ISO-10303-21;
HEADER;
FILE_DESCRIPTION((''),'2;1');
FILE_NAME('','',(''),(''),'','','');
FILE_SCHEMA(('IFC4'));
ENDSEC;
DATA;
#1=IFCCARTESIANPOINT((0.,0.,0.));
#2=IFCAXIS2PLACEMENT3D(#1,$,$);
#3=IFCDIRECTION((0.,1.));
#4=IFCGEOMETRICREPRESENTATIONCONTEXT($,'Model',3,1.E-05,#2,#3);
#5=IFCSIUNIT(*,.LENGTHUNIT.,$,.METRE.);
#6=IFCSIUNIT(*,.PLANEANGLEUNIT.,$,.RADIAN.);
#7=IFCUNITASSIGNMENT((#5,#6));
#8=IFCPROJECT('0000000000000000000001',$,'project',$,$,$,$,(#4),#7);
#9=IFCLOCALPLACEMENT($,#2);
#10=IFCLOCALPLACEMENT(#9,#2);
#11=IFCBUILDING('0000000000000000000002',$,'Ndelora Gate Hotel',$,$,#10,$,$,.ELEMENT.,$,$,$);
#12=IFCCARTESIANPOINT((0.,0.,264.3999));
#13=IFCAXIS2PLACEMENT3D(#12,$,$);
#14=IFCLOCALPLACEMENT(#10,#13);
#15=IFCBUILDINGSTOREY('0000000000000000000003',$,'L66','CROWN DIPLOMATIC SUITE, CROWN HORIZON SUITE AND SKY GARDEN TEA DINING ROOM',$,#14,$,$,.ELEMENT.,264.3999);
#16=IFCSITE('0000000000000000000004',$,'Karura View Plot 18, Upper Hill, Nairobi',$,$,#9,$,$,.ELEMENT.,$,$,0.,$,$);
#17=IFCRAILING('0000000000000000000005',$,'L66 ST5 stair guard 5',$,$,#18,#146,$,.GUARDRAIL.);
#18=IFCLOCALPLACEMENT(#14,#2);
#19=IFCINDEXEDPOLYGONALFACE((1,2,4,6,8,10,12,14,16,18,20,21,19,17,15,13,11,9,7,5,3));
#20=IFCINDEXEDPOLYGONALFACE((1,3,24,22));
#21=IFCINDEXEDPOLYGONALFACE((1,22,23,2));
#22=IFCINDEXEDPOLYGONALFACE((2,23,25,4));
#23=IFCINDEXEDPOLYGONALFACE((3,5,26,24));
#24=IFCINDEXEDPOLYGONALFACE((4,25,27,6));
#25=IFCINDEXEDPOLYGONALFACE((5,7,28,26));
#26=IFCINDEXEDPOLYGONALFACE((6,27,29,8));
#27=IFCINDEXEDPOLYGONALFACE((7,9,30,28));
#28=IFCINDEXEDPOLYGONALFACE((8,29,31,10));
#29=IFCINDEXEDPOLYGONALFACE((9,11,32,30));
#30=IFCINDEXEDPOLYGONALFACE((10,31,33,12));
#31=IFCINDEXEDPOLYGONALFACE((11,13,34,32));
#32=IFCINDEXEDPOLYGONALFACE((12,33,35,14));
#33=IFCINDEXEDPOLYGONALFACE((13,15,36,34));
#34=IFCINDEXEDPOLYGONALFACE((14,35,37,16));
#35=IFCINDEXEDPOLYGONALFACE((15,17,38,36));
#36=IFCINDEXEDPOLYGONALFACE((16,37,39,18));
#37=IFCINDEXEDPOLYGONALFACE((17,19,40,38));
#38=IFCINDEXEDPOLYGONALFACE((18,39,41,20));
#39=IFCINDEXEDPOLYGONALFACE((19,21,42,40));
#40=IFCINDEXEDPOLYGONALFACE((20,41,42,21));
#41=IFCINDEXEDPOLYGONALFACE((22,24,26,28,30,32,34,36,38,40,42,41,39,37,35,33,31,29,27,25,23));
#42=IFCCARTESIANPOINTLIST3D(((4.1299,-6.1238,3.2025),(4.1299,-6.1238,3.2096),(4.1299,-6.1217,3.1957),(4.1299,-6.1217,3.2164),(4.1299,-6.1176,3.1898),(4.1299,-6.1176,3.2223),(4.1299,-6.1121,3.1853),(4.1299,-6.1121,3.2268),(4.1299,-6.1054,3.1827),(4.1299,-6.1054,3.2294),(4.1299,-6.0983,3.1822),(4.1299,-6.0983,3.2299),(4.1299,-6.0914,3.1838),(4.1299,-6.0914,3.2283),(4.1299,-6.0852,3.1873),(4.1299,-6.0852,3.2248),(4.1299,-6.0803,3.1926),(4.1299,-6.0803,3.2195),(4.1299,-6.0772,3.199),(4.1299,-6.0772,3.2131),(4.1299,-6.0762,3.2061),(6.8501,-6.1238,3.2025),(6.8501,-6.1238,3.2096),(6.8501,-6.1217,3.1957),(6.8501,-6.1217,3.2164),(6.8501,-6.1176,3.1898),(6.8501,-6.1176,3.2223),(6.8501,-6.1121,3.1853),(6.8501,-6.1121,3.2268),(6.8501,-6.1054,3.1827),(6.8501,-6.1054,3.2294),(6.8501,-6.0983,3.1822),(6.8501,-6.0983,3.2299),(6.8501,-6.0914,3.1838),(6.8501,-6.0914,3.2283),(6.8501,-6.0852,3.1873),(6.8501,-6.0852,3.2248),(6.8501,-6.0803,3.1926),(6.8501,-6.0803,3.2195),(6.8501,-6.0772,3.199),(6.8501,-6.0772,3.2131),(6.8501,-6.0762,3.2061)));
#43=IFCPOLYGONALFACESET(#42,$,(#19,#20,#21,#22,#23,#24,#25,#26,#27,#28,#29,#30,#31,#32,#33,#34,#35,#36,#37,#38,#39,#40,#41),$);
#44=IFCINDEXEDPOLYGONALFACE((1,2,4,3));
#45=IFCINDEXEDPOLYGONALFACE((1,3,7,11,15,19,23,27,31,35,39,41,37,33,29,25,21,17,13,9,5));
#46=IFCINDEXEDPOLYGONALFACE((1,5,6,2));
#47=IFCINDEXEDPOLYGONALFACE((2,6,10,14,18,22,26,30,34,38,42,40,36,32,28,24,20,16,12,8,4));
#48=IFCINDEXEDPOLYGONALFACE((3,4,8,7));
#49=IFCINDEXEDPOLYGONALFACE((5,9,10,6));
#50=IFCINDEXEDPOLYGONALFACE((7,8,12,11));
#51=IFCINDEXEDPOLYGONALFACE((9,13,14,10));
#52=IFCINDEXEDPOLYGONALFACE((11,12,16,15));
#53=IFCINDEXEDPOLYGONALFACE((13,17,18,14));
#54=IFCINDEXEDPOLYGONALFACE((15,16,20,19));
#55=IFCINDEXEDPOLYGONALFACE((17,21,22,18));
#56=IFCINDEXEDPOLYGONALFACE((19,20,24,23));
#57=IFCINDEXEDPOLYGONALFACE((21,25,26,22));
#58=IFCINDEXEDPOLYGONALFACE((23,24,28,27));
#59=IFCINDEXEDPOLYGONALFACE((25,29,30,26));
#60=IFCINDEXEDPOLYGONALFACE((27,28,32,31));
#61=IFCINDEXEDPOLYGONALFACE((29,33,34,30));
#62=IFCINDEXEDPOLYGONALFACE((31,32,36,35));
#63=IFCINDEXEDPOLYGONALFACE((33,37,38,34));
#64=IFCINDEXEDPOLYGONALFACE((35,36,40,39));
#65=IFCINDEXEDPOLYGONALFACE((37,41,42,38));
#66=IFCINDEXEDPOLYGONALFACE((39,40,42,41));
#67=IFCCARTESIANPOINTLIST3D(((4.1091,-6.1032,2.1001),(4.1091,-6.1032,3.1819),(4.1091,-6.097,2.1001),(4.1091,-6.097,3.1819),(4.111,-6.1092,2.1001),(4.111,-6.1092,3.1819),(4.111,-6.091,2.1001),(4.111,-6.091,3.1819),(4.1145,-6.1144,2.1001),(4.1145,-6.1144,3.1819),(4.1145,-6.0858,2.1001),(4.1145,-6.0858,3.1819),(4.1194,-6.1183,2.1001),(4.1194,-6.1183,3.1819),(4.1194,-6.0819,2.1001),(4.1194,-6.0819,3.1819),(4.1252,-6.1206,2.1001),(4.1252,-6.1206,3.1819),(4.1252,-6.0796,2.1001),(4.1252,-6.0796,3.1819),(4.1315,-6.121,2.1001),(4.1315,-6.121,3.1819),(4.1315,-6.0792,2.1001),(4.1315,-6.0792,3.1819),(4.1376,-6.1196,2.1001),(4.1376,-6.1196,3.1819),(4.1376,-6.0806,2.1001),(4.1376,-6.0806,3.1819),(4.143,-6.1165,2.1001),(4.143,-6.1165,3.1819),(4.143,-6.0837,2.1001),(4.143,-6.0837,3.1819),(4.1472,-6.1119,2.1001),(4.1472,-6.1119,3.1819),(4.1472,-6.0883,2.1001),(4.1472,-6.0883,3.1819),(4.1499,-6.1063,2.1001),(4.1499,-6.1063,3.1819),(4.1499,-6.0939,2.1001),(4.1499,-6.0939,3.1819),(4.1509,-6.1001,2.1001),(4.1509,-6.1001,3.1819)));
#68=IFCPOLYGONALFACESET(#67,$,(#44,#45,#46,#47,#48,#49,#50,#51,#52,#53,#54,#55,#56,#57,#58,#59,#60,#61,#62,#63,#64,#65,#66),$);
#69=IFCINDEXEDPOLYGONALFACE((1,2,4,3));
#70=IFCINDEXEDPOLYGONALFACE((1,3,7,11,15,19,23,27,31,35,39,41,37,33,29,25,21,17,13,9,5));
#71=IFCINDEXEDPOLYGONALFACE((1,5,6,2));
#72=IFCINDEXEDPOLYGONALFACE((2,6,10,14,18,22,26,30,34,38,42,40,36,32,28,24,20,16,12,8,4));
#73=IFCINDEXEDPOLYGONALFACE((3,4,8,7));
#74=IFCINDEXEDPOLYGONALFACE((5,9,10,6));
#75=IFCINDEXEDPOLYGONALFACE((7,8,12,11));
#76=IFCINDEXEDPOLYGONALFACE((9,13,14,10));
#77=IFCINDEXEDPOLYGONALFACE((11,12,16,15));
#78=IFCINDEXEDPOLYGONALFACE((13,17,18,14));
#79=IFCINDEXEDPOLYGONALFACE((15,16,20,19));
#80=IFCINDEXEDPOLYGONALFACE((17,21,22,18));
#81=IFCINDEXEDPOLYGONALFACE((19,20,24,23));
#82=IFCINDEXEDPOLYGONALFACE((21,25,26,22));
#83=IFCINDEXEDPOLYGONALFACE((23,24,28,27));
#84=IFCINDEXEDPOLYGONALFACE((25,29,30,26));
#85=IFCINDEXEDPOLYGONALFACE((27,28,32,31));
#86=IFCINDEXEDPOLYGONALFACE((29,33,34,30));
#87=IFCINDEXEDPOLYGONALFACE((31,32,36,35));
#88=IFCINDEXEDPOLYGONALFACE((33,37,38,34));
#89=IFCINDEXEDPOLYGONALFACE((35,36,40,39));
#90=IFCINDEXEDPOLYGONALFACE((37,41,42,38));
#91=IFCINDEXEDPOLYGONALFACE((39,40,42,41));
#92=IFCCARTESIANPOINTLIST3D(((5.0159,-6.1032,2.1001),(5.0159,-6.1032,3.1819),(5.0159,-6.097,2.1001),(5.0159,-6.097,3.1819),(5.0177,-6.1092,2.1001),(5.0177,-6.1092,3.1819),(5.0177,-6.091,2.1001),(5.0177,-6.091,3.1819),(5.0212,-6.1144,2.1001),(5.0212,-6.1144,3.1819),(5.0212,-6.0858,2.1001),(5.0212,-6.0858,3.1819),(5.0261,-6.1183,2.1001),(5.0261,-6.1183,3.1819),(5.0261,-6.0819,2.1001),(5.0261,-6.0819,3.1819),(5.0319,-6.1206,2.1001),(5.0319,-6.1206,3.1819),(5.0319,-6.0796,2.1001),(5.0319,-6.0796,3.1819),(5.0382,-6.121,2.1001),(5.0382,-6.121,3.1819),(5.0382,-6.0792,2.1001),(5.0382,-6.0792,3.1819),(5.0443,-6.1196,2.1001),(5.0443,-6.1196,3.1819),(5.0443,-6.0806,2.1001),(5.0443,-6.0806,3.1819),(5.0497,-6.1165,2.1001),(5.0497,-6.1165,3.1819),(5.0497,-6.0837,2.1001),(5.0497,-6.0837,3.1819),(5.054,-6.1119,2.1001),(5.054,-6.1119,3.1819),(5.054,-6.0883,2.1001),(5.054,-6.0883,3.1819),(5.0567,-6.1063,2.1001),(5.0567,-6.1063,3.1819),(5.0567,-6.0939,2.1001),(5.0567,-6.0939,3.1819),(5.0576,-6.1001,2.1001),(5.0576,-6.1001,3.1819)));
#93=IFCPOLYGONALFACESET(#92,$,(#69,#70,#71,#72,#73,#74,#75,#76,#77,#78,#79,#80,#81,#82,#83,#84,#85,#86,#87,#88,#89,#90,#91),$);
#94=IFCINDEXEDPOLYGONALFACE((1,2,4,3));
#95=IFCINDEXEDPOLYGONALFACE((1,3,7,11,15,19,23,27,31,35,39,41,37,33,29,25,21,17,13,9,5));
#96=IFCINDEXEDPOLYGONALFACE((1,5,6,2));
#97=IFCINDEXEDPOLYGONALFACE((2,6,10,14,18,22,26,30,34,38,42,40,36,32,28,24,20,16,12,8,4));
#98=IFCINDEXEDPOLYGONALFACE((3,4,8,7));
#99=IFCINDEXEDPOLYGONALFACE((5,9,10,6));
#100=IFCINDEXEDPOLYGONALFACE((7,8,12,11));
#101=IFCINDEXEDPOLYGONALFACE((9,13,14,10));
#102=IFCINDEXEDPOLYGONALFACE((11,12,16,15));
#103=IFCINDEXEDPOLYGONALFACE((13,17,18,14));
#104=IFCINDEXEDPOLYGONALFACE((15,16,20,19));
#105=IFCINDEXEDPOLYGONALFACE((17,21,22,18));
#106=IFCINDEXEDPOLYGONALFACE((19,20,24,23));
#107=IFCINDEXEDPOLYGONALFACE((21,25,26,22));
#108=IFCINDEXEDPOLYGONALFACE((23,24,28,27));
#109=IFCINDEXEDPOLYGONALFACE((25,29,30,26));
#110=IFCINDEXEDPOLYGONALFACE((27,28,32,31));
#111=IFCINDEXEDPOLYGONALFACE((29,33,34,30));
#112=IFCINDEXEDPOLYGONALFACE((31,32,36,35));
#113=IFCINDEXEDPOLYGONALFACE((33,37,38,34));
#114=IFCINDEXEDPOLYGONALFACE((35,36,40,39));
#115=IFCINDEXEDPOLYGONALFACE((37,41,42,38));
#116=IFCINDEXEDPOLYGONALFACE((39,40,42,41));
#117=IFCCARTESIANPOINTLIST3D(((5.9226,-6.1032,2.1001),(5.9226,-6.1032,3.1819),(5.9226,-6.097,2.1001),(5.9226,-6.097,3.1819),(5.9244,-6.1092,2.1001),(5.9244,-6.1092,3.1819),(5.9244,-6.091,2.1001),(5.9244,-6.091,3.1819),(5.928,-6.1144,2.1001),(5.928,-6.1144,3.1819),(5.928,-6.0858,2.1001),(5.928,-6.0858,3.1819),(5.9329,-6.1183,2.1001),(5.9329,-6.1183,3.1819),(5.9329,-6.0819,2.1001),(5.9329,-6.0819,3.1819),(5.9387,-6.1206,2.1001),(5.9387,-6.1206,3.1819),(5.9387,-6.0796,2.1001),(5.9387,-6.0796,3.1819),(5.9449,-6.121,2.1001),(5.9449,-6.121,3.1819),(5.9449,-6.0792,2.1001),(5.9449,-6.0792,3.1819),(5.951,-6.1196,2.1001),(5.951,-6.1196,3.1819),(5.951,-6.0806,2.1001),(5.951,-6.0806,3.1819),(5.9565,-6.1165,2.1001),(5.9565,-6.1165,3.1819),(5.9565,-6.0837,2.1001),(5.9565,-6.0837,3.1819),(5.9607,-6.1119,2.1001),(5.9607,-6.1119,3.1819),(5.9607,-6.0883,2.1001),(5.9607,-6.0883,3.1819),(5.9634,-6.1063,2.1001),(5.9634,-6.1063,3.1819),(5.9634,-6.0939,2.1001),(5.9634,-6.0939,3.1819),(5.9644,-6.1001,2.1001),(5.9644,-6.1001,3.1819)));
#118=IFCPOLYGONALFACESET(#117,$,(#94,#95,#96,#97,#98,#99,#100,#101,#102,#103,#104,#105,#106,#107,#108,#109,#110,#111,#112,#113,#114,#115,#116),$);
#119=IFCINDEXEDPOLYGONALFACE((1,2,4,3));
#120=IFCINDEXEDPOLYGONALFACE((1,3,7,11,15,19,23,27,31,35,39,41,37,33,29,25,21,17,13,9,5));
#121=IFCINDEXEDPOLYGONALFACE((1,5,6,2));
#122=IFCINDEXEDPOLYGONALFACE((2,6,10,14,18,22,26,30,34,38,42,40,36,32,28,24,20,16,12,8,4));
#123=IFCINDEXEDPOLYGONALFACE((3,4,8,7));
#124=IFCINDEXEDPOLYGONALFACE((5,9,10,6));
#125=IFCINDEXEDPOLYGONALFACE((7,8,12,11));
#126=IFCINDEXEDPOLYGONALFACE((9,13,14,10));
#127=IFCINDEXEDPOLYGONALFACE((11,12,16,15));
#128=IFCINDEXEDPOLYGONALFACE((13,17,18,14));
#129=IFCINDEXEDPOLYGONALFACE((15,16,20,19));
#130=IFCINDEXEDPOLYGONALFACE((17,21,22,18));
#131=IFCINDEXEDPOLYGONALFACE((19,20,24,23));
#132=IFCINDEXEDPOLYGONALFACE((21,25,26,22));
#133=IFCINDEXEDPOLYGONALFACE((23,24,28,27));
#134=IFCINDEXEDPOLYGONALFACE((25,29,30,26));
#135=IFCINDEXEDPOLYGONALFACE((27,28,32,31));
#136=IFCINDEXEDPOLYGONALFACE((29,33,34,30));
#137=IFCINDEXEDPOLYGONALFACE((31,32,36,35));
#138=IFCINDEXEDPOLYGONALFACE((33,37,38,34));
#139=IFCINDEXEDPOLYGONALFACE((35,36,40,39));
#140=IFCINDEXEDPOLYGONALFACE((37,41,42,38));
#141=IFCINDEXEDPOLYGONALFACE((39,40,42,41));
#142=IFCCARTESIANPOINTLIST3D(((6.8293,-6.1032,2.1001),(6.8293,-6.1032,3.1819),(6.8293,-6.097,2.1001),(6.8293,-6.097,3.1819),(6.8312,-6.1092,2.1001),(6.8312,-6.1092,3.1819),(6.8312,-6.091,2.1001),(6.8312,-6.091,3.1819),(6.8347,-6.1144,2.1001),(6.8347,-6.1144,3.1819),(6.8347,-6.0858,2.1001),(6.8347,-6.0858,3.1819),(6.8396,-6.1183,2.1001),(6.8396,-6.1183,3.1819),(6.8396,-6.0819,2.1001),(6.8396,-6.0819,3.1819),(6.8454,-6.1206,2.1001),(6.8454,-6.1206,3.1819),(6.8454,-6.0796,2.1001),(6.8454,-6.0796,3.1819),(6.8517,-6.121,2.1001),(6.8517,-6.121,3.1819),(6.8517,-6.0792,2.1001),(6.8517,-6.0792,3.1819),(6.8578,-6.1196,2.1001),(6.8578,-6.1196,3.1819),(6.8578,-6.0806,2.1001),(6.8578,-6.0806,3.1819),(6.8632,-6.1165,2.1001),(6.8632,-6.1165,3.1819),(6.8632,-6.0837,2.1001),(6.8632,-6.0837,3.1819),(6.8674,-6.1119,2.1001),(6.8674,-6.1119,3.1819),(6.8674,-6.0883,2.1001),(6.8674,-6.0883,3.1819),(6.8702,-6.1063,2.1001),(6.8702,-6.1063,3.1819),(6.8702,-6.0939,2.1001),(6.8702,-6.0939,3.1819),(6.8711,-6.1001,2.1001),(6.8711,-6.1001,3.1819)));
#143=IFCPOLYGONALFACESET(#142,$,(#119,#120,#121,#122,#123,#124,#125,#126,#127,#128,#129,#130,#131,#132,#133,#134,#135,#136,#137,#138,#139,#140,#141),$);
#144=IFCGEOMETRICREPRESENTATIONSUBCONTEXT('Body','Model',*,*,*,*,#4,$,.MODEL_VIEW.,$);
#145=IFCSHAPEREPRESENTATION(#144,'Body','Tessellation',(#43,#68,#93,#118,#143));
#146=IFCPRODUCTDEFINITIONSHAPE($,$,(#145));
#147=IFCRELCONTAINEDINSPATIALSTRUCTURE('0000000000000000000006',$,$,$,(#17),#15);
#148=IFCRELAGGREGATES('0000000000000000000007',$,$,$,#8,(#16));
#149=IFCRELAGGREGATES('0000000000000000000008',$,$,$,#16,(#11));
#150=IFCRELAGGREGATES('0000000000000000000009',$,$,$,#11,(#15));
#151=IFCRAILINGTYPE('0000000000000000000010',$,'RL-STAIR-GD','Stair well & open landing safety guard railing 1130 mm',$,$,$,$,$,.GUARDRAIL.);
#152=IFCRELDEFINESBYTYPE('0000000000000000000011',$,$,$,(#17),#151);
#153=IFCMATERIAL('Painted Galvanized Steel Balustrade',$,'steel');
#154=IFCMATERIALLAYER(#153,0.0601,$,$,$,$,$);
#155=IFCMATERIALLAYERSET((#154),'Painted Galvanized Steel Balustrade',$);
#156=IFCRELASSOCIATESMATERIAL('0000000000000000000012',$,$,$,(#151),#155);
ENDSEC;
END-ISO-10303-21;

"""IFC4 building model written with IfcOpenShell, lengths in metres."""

from ifc_helpers import new_model, si_unit, direction, frame, origin, origin_2d, place, context, subcontext, project, spatial, circle, extrude, material, layer, layer_set, type_object, element, save


model = new_model("IFC4")

# Units and contexts
model_context = context("Model", 3, precision=1e-05, world=origin(), true_north=direction((0.0, 1.0)))
body_context = subcontext(model_context, "Body", "Model", "MODEL_VIEW")
ifc_project = project(units=[si_unit("LENGTHUNIT", "METRE"), si_unit("PLANEANGLEUNIT", "RADIAN")], contexts=[model_context])

# Site, building, storey
site_placement = place(None, origin())
site = spatial("IfcSite", under=ifc_project, at=site_placement, Name="Karura View Plot 18, Upper Hill, Nairobi", CompositionType="ELEMENT", RefElevation=0.0)
building_placement = place(site_placement, origin())
building = spatial("IfcBuilding", under=site, at=building_placement, Name="Ndelora Gate Hotel", CompositionType="ELEMENT")
storey_placement = place(building_placement, frame((0.0, 0.0, 264.3999)))
storey = spatial("IfcBuildingStorey", under=building, at=storey_placement, Name="L66", Description="CROWN DIPLOMATIC SUITE, CROWN HORIZON SUITE AND SKY GARDEN TEA DINING ROOM", CompositionType="ELEMENT", Elevation=264.3999)

# Railing
ifc_material_1 = material(Name="Painted Galvanized Steel Balustrade", Category="steel")
ifc_layer_1 = layer(ifc_material_1, 0.0601)
ifc_layer_set_1 = layer_set([ifc_layer_1], Name="Painted Galvanized Steel Balustrade")
railing_type_1 = type_object("IfcRailingType", Name="RL-STAIR-GD", Description="Stair well & open landing safety guard railing 1130 mm", PredefinedType="GUARDRAIL", material=ifc_layer_set_1)
railing_1_placement = place(storey_placement, frame((4.1299, -6.1001, 2.1001)))
element("IfcRailing", 1, at=railing_1_placement, inside=storey, type_object=railing_type_1, Name="L66 ST5 stair guard 5", PredefinedType="GUARDRAIL", context=body_context, shape_type="SweptSolid", body=[
    extrude(circle(Radius=0.0239, at=origin_2d()), frame((0.0, 0.0, 1.106), z_axis=(1.0, 0.0, 0.0), x_axis=(0.0, 1.0, 0.0)), (0.0, 0.0, 1.0), 2.7202),
    extrude(circle(Radius=0.021, at=origin_2d()), origin(), (0.0, 0.0, 1.0), 1.0818),
    extrude(circle(Radius=0.021, at=origin_2d()), frame((0.9067, 0.0, 0.0)), (0.0, 0.0, 1.0), 1.0818),
    extrude(circle(Radius=0.021, at=origin_2d()), frame((1.8135, 0.0, 0.0)), (0.0, 0.0, 1.0), 1.0818),
    extrude(circle(Radius=0.021, at=origin_2d()), frame((2.7202, 0.0, 0.0)), (0.0, 0.0, 1.0), 1.0818),
])

save(model, "model.ifc")
